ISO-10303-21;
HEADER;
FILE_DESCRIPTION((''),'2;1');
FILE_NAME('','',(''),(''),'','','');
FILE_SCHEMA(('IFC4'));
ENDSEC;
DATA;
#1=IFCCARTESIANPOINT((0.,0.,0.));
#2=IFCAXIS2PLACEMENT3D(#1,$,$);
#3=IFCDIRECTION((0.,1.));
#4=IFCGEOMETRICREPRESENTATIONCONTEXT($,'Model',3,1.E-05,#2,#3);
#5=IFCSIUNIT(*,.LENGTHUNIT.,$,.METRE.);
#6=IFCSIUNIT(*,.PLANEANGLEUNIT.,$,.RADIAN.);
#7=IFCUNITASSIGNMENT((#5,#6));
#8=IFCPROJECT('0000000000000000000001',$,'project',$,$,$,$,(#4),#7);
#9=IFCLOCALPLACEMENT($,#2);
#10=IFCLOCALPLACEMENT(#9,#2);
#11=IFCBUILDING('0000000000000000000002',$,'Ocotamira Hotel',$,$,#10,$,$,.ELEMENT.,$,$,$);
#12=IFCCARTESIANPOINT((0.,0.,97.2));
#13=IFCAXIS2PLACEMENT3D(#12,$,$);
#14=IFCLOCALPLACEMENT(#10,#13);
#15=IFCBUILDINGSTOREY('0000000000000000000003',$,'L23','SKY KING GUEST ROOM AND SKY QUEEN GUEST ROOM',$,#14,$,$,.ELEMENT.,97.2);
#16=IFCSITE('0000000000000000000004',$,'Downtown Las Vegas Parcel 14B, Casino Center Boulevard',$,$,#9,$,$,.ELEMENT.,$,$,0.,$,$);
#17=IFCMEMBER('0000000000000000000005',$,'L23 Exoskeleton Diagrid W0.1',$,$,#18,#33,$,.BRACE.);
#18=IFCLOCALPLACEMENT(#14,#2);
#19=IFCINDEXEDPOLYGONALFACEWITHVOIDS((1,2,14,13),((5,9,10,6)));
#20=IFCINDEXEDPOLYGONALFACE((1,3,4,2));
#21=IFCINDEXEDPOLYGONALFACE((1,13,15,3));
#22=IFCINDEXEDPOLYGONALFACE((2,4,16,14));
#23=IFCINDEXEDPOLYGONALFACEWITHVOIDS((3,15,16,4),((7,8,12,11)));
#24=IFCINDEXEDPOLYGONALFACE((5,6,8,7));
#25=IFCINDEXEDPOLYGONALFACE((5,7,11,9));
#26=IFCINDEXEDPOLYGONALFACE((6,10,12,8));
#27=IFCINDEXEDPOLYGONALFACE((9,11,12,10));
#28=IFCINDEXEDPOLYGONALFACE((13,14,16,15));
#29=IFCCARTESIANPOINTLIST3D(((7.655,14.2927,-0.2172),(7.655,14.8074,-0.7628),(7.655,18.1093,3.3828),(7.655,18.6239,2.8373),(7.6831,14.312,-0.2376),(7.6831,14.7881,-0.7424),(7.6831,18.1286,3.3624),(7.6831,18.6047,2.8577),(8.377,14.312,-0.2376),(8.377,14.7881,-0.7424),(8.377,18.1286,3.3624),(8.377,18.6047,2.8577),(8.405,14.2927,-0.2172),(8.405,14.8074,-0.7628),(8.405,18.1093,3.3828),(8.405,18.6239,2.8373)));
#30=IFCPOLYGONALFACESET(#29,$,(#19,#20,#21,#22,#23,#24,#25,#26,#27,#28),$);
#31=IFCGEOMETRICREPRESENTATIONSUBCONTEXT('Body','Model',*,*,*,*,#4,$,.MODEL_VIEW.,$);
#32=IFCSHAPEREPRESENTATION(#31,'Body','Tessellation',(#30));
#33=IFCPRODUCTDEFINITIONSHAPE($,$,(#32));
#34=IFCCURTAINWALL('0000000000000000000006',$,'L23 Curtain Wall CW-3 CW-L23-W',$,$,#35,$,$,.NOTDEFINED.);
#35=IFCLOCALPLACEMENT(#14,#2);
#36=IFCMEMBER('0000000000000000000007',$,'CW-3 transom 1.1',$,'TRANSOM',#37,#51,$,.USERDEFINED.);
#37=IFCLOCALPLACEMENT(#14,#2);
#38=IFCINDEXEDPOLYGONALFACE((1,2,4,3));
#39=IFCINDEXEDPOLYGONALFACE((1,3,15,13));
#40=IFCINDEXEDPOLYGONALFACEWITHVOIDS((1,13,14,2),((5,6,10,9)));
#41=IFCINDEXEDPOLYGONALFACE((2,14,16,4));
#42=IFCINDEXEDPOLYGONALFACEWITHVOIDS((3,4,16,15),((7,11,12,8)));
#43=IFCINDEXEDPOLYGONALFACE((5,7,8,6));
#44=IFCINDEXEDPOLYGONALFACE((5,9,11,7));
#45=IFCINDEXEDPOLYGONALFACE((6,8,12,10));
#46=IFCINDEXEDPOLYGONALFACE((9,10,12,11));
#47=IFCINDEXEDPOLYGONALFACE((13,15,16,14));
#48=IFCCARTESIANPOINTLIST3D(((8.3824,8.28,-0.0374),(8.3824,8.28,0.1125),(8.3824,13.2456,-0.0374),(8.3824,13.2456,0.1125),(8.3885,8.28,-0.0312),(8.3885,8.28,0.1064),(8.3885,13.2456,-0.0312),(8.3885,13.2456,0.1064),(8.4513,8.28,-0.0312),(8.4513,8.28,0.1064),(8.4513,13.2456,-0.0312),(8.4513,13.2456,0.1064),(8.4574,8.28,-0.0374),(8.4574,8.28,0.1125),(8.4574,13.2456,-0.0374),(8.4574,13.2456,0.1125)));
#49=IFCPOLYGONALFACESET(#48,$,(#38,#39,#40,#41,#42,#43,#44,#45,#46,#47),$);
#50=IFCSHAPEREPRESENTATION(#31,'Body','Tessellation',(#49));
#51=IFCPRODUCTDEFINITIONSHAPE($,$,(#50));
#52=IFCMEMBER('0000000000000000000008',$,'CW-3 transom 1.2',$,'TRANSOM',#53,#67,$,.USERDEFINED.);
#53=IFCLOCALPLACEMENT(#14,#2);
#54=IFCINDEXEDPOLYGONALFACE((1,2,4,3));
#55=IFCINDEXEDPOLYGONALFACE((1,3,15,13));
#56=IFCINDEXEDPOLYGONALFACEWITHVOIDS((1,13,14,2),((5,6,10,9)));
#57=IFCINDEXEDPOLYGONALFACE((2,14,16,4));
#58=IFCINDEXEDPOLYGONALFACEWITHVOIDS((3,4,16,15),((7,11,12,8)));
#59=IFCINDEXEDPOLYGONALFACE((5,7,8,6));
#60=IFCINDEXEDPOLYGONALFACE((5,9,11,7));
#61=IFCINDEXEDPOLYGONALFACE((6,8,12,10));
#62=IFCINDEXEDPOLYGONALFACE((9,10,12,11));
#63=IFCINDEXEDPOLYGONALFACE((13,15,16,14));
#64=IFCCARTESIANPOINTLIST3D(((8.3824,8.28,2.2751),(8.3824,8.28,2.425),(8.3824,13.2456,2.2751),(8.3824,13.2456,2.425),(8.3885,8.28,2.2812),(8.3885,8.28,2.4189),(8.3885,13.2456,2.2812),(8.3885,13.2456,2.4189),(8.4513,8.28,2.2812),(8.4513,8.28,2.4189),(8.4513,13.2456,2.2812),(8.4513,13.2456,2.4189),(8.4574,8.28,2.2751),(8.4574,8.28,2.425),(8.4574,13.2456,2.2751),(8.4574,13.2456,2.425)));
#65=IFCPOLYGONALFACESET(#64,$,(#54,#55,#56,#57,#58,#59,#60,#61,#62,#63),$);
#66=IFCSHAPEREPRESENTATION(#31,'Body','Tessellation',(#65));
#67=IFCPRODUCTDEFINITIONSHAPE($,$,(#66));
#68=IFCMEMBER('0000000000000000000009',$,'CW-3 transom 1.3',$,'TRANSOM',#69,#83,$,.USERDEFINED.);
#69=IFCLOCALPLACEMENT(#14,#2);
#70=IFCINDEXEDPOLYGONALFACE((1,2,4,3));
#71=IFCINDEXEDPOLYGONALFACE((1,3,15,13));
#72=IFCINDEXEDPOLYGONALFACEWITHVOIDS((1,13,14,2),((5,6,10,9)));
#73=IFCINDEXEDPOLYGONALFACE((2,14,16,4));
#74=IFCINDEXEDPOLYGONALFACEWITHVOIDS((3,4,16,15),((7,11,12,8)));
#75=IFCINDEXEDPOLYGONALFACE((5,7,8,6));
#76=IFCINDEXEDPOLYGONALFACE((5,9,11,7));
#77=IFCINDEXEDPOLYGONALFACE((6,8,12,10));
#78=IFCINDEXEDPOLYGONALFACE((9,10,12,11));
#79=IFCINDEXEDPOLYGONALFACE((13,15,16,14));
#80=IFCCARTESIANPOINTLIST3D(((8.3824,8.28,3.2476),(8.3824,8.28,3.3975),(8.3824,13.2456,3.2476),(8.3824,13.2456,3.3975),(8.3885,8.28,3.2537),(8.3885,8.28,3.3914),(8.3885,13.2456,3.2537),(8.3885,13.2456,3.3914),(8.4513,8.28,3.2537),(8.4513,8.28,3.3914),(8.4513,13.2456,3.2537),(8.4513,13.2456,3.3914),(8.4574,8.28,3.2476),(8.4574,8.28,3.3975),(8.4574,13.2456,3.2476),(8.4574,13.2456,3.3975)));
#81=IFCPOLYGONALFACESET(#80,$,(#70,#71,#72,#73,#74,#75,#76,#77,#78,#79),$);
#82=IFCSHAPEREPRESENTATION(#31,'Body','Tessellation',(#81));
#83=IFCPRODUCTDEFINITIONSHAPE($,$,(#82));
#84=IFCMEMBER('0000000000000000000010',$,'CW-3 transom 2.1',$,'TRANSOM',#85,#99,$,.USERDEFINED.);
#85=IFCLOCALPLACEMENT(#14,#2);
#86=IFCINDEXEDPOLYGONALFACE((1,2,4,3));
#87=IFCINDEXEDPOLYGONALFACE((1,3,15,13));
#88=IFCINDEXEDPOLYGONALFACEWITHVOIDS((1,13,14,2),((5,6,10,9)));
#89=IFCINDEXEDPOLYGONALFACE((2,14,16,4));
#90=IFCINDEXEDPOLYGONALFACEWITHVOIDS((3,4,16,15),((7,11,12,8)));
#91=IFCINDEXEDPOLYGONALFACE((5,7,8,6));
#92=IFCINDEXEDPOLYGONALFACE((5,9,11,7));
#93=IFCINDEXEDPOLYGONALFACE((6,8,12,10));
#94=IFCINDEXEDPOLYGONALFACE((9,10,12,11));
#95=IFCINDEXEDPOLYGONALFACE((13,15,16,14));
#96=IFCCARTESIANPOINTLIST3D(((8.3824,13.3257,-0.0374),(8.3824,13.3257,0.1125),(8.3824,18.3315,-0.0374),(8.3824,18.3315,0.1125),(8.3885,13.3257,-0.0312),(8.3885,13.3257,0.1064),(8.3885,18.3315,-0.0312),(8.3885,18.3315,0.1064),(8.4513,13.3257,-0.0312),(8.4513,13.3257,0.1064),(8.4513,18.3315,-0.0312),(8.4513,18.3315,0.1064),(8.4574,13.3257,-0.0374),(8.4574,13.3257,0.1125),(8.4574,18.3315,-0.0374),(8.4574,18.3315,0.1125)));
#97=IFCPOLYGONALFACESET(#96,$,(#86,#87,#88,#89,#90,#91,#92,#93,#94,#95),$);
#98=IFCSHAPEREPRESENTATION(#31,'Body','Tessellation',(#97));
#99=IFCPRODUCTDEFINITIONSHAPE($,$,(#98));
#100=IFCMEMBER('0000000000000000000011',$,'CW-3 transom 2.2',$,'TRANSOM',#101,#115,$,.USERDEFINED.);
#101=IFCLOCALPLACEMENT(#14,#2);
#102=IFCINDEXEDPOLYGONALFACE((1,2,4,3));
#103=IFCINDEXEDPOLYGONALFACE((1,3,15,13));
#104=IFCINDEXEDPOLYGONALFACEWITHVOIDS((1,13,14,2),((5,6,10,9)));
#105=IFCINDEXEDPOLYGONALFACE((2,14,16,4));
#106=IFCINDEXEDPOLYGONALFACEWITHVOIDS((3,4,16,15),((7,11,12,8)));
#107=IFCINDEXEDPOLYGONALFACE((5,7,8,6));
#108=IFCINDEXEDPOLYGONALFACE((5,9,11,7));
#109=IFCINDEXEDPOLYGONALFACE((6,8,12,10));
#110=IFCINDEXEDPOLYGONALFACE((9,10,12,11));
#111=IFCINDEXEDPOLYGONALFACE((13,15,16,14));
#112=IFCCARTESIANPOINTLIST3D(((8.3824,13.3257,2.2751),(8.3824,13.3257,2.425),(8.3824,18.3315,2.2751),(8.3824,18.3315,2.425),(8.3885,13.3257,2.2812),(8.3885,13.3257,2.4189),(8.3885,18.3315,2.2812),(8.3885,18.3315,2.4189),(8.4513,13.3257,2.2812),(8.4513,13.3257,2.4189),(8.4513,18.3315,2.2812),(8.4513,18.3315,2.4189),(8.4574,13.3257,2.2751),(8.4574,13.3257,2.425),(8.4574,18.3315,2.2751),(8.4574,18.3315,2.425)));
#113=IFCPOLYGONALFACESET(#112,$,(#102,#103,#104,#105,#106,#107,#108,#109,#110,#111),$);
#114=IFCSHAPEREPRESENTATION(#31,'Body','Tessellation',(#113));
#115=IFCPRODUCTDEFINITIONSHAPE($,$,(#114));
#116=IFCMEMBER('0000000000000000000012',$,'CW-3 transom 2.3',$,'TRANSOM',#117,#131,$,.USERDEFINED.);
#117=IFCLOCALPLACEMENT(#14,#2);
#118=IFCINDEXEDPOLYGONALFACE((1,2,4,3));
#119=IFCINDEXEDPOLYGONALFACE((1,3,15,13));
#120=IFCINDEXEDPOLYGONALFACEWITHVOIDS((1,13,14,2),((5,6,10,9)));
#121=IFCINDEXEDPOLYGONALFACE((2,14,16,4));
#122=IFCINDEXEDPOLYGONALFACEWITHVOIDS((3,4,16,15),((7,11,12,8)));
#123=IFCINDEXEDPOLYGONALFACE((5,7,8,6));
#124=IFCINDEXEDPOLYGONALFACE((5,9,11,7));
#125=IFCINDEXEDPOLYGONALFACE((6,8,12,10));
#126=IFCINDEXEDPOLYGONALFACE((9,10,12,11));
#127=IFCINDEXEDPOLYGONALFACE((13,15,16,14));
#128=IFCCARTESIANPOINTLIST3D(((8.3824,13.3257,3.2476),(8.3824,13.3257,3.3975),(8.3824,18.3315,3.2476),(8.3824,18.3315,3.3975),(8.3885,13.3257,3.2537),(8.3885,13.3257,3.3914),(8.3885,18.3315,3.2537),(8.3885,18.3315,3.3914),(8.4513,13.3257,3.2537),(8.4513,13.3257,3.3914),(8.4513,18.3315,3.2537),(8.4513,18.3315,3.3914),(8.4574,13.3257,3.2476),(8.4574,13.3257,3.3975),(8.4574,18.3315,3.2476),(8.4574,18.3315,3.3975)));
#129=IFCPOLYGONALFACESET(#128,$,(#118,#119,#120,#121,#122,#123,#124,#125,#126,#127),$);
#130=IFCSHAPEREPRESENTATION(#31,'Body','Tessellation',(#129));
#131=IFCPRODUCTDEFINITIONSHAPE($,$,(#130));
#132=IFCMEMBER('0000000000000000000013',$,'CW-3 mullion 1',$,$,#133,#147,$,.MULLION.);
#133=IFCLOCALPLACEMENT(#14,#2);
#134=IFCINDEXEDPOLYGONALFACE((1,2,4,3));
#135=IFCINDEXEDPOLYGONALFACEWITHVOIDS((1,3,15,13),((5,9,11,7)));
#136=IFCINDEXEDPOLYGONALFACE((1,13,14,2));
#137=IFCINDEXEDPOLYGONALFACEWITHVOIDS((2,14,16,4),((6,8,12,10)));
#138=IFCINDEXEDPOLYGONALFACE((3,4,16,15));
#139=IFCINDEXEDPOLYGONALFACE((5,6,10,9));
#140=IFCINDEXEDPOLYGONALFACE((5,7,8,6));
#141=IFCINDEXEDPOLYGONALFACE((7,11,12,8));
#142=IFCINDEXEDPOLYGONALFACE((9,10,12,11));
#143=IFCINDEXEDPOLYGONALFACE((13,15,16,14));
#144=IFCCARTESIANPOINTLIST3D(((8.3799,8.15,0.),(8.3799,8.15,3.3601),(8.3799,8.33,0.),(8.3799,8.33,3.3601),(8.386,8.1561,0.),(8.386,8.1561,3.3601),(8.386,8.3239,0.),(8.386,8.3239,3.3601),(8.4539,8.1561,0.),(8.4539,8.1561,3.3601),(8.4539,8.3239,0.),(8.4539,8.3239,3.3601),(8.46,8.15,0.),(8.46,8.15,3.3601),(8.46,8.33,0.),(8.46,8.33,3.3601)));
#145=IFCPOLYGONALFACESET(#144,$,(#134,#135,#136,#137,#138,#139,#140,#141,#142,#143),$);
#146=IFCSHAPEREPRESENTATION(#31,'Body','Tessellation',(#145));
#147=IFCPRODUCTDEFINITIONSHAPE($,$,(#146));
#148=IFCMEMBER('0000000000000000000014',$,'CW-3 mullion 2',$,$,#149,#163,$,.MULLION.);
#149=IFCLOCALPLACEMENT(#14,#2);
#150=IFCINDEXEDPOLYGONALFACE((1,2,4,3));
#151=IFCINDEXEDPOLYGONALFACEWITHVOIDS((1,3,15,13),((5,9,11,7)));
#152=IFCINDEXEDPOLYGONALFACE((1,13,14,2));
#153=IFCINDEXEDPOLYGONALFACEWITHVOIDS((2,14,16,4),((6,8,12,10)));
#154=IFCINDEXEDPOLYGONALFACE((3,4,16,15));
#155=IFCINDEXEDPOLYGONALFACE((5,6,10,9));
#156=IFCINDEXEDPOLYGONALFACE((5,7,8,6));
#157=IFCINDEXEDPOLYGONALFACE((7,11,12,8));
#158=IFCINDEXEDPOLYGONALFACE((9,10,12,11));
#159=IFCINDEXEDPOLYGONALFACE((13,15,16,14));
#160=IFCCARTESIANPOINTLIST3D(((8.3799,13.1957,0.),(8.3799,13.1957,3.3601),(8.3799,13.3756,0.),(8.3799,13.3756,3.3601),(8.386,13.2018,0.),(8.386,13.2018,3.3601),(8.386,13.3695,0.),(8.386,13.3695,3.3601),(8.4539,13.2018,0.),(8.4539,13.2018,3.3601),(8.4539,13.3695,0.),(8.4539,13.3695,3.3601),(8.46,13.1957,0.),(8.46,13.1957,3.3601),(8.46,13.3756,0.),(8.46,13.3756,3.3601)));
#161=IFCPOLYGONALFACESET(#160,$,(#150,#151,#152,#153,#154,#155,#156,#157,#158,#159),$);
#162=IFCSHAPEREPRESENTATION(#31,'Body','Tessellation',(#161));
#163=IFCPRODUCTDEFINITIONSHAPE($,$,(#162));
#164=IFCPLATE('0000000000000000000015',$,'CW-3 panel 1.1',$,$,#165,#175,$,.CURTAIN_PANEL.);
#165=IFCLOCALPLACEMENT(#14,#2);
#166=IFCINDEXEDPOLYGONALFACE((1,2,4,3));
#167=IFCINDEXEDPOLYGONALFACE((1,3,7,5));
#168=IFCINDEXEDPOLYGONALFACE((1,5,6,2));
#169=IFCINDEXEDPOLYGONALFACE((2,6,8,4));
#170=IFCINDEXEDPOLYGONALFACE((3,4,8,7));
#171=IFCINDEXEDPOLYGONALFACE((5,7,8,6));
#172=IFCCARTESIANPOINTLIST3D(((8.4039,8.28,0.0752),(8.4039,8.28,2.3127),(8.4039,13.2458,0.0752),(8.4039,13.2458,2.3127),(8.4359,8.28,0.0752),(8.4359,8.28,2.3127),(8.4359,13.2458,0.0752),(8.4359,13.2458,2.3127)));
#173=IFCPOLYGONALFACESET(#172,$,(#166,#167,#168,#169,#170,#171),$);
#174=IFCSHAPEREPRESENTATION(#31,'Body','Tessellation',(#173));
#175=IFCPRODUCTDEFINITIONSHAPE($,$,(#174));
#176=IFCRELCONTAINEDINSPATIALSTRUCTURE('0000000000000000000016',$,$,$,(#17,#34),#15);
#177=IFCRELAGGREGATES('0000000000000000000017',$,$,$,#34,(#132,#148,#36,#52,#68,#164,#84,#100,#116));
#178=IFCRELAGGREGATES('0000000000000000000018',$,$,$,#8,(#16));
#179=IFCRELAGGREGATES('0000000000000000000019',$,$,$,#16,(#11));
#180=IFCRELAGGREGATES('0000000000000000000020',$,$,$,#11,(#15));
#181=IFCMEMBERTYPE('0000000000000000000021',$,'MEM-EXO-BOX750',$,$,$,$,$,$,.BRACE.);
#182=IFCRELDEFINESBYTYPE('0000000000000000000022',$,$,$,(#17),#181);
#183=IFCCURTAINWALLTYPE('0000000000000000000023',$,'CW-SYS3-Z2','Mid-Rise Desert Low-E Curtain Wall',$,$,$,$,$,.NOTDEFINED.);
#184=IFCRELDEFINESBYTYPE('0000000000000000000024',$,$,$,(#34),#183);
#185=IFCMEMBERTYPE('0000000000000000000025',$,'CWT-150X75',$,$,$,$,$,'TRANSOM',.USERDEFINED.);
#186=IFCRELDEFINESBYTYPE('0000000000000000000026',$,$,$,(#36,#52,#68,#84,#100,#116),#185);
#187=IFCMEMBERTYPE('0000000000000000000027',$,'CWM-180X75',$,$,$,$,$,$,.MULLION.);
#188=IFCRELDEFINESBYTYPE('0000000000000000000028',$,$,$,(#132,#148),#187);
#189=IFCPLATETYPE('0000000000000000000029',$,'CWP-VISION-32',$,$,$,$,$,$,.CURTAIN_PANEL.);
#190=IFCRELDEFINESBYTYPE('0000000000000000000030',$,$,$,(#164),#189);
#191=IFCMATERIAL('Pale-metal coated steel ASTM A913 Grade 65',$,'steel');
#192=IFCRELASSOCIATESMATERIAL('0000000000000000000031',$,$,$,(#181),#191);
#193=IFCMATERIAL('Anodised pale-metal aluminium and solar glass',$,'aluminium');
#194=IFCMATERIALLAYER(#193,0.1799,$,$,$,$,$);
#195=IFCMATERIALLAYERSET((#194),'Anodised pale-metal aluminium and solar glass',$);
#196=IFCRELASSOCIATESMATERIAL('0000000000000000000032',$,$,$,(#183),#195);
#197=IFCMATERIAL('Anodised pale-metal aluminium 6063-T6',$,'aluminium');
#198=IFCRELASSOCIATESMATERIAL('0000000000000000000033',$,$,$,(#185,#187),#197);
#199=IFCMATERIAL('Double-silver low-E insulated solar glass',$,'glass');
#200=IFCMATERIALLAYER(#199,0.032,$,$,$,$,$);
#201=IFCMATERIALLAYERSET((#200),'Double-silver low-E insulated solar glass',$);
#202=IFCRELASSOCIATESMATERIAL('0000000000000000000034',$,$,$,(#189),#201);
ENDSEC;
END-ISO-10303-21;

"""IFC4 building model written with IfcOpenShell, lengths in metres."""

from ifc_helpers import new_model, si_unit, direction, frame, origin, origin_2d, place, context, subcontext, project, spatial, rectangle, hollow_rectangle, extrude, source, transform, mapped, material, layer, layer_set, material_profile, profile_set, type_object, element, aggregate, save


model = new_model("IFC4")

# Units and contexts
model_context = context("Model", 3, precision=1e-05, world=origin(), true_north=direction((0.0, 1.0)))
body_context = subcontext(model_context, "Body", "Model", "MODEL_VIEW")
ifc_project = project(units=[si_unit("LENGTHUNIT", "METRE"), si_unit("PLANEANGLEUNIT", "RADIAN")], contexts=[model_context])

# Site, building, storey
site_placement = place(None, origin())
site = spatial("IfcSite", under=ifc_project, at=site_placement, Name="Downtown Las Vegas Parcel 14B, Casino Center Boulevard", CompositionType="ELEMENT", RefElevation=0.0)
building_placement = place(site_placement, origin())
building = spatial("IfcBuilding", under=site, at=building_placement, Name="Ocotamira Hotel", CompositionType="ELEMENT")
storey_placement = place(building_placement, frame((0.0, 0.0, 97.2)))
storey = spatial("IfcBuildingStorey", under=building, at=storey_placement, Name="L23", Description="SKY KING GUEST ROOM AND SKY QUEEN GUEST ROOM", CompositionType="ELEMENT", Elevation=97.2)

# Member
ifc_material_1 = material(Name="Pale-metal coated steel ASTM A913 Grade 65", Category="steel")
ifc_material_profile_1 = material_profile(ifc_material_1, hollow_rectangle(XDim=0.75, YDim=0.75, WallThickness=0.0281, at=origin_2d()), Name="BOX750X750X28")
ifc_profile_set_1 = profile_set([ifc_material_profile_1], Name="Pale-metal coated steel ASTM A913 Grade 65")
member_type_1 = type_object("IfcMemberType", Name="MEM-EXO-BOX750", PredefinedType="BRACE", material=ifc_profile_set_1)
shared_shape_1 = source(origin(), body_context, "Body", "SweptSolid", [
    extrude(hollow_rectangle(XDim=0.75, YDim=0.75, WallThickness=0.0281, at=origin_2d()), origin(), (0.0, 0.0, 1.0), 5.2466),
])
member_1_placement = place(storey_placement, frame((8.03, 14.55, -0.49), z_axis=(0.0, 0.727443, 0.686168), x_axis=(-1.0, 0.0, 0.0)))
element("IfcMember", 1, at=member_1_placement, inside=storey, type_object=member_type_1, Name="L23 Exoskeleton Diagrid W0.1", PredefinedType="BRACE", context=body_context, shape_type="MappedRepresentation", body=[
    mapped(shared_shape_1, transform((0.0, 0.0, 0.0), scale=1.0)),
])

# Curtain wall, members, plate
ifc_material_2 = material(Name="Anodised pale-metal aluminium and solar glass", Category="aluminium")
ifc_layer_1 = layer(ifc_material_2, 0.1799)
ifc_layer_set_1 = layer_set([ifc_layer_1], Name="Anodised pale-metal aluminium and solar glass")
curtain_wall_type = type_object("IfcCurtainWallType", Name="CW-SYS3-Z2", Description="Mid-Rise Desert Low-E Curtain Wall", PredefinedType="NOTDEFINED", material=ifc_layer_set_1)
curtain_wall_placement = place(storey_placement, origin())
curtain_wall = element("IfcCurtainWall", 2, at=curtain_wall_placement, inside=storey, type_object=curtain_wall_type, Name="L23 Curtain Wall CW-3 CW-L23-W", PredefinedType="NOTDEFINED")
ifc_material_3 = material(Name="Anodised pale-metal aluminium 6063-T6", Category="aluminium")
ifc_material_profile_2 = material_profile(ifc_material_3, hollow_rectangle(XDim=0.075, YDim=0.1499, WallThickness=0.0061, at=origin_2d()), Name="HSS150X75X6")
ifc_profile_set_2 = profile_set([ifc_material_profile_2], Name="Anodised pale-metal aluminium 6063-T6")
member_type_2 = type_object("IfcMemberType", Name="CWT-150X75", ElementType="TRANSOM", PredefinedType="USERDEFINED", material=ifc_profile_set_2)
shared_shape_2 = source(origin(), body_context, "Body", "SweptSolid", [
    extrude(hollow_rectangle(XDim=0.075, YDim=0.1499, WallThickness=0.0061, at=origin_2d()), origin(), (0.0, 0.0, 1.0), 4.9656),
])
member_2_placement = place(storey_placement, frame((8.4199, 8.28, 0.0376), z_axis=(0.0, 1.0, 0.0), x_axis=(-1.0, 0.0, 0.0)))
member_2 = element("IfcMember", 3, at=member_2_placement, type_object=member_type_2, Name="CW-3 transom 1.1", ObjectType="TRANSOM", PredefinedType="USERDEFINED", context=body_context, shape_type="MappedRepresentation", body=[
    mapped(shared_shape_2, transform((0.0, 0.0, 0.0), scale=1.0)),
])
member_3_placement = place(storey_placement, frame((8.4199, 8.28, 2.3501), z_axis=(0.0, 1.0, 0.0), x_axis=(-1.0, 0.0, 0.0)))
member_3 = element("IfcMember", 4, at=member_3_placement, type_object=member_type_2, Name="CW-3 transom 1.2", ObjectType="TRANSOM", PredefinedType="USERDEFINED", context=body_context, shape_type="MappedRepresentation", body=[
    mapped(shared_shape_2, transform((0.0, 0.0, 0.0), scale=1.0)),
])
member_4_placement = place(storey_placement, frame((8.4199, 8.28, 3.3225), z_axis=(0.0, 1.0, 0.0), x_axis=(-1.0, 0.0, 0.0)))
member_4 = element("IfcMember", 5, at=member_4_placement, type_object=member_type_2, Name="CW-3 transom 1.3", ObjectType="TRANSOM", PredefinedType="USERDEFINED", context=body_context, shape_type="MappedRepresentation", body=[
    mapped(shared_shape_2, transform((0.0, 0.0, 0.0), scale=1.0)),
])
shared_shape_3 = source(origin(), body_context, "Body", "SweptSolid", [
    extrude(hollow_rectangle(XDim=0.075, YDim=0.1499, WallThickness=0.0061, at=origin_2d()), origin(), (0.0, 0.0, 1.0), 5.0059),
])
member_5_placement = place(storey_placement, frame((8.4199, 13.3257, 0.0376), z_axis=(0.0, 1.0, 0.0), x_axis=(-1.0, 0.0, 0.0)))
member_5 = element("IfcMember", 6, at=member_5_placement, type_object=member_type_2, Name="CW-3 transom 2.1", ObjectType="TRANSOM", PredefinedType="USERDEFINED", context=body_context, shape_type="MappedRepresentation", body=[
    mapped(shared_shape_3, transform((0.0, 0.0, 0.0), scale=1.0)),
])
member_6_placement = place(storey_placement, frame((8.4199, 13.3257, 2.3501), z_axis=(0.0, 1.0, 0.0), x_axis=(-1.0, 0.0, 0.0)))
member_6 = element("IfcMember", 7, at=member_6_placement, type_object=member_type_2, Name="CW-3 transom 2.2", ObjectType="TRANSOM", PredefinedType="USERDEFINED", context=body_context, shape_type="MappedRepresentation", body=[
    mapped(shared_shape_3, transform((0.0, 0.0, 0.0), scale=1.0)),
])
member_7_placement = place(storey_placement, frame((8.4199, 13.3257, 3.3225), z_axis=(0.0, 1.0, 0.0), x_axis=(-1.0, 0.0, 0.0)))
member_7 = element("IfcMember", 8, at=member_7_placement, type_object=member_type_2, Name="CW-3 transom 2.3", ObjectType="TRANSOM", PredefinedType="USERDEFINED", context=body_context, shape_type="MappedRepresentation", body=[
    mapped(shared_shape_3, transform((0.0, 0.0, 0.0), scale=1.0)),
])
ifc_material_profile_3 = material_profile(ifc_material_3, hollow_rectangle(XDim=0.0801, YDim=0.1799, WallThickness=0.0061, at=origin_2d()), Name="HSS180X80X6")
ifc_profile_set_3 = profile_set([ifc_material_profile_3], Name="Anodised pale-metal aluminium 6063-T6")
member_type_3 = type_object("IfcMemberType", Name="CWM-180X75", PredefinedType="MULLION", material=ifc_profile_set_3)
shared_shape_4 = source(origin(), body_context, "Body", "SweptSolid", [
    extrude(hollow_rectangle(XDim=0.0801, YDim=0.1799, WallThickness=0.0061, at=origin_2d()), origin(), (0.0, 0.0, 1.0), 3.3601),
])
member_8_placement = place(storey_placement, frame((8.4199, 8.24, 0.0), z_axis=(0.0, 0.0, 1.0), x_axis=(-1.0, 0.0, 0.0)))
member_8 = element("IfcMember", 9, at=member_8_placement, type_object=member_type_3, Name="CW-3 mullion 1", PredefinedType="MULLION", context=body_context, shape_type="MappedRepresentation", body=[
    mapped(shared_shape_4, transform((0.0, 0.0, 0.0), scale=1.0)),
])
member_9_placement = place(storey_placement, frame((8.4199, 13.2856, 0.0), z_axis=(0.0, 0.0, 1.0), x_axis=(-1.0, 0.0, 0.0)))
member_9 = element("IfcMember", 10, at=member_9_placement, type_object=member_type_3, Name="CW-3 mullion 2", PredefinedType="MULLION", context=body_context, shape_type="MappedRepresentation", body=[
    mapped(shared_shape_4, transform((0.0, 0.0, 0.0), scale=1.0)),
])
ifc_material_4 = material(Name="Double-silver low-E insulated solar glass", Category="glass")
ifc_layer_2 = layer(ifc_material_4, 0.032)
ifc_layer_set_2 = layer_set([ifc_layer_2], Name="Double-silver low-E insulated solar glass")
plate_type = type_object("IfcPlateType", Name="CWP-VISION-32", PredefinedType="CURTAIN_PANEL", material=ifc_layer_set_2)
shared_shape_5 = source(origin(), body_context, "Body", "SweptSolid", [
    extrude(rectangle(XDim=4.9658, YDim=0.032, at=origin_2d()), origin(), (0.0, 0.0, 1.0), 2.2375),
])
plate_1_placement = place(storey_placement, frame((8.4199, 10.7629, 0.0752), z_axis=(0.0, 0.0, 1.0), x_axis=(0.0, 1.0, 0.0)))
plate_1 = element("IfcPlate", 11, at=plate_1_placement, type_object=plate_type, Name="CW-3 panel 1.1", PredefinedType="CURTAIN_PANEL", context=body_context, shape_type="MappedRepresentation", body=[
    mapped(shared_shape_5, transform((0.0, 0.0, 0.0), scale=1.0)),
])
aggregate(curtain_wall, [member_8, member_9, member_2, member_3, member_4, plate_1, member_5, member_6, member_7])

save(model, "model.ifc")
